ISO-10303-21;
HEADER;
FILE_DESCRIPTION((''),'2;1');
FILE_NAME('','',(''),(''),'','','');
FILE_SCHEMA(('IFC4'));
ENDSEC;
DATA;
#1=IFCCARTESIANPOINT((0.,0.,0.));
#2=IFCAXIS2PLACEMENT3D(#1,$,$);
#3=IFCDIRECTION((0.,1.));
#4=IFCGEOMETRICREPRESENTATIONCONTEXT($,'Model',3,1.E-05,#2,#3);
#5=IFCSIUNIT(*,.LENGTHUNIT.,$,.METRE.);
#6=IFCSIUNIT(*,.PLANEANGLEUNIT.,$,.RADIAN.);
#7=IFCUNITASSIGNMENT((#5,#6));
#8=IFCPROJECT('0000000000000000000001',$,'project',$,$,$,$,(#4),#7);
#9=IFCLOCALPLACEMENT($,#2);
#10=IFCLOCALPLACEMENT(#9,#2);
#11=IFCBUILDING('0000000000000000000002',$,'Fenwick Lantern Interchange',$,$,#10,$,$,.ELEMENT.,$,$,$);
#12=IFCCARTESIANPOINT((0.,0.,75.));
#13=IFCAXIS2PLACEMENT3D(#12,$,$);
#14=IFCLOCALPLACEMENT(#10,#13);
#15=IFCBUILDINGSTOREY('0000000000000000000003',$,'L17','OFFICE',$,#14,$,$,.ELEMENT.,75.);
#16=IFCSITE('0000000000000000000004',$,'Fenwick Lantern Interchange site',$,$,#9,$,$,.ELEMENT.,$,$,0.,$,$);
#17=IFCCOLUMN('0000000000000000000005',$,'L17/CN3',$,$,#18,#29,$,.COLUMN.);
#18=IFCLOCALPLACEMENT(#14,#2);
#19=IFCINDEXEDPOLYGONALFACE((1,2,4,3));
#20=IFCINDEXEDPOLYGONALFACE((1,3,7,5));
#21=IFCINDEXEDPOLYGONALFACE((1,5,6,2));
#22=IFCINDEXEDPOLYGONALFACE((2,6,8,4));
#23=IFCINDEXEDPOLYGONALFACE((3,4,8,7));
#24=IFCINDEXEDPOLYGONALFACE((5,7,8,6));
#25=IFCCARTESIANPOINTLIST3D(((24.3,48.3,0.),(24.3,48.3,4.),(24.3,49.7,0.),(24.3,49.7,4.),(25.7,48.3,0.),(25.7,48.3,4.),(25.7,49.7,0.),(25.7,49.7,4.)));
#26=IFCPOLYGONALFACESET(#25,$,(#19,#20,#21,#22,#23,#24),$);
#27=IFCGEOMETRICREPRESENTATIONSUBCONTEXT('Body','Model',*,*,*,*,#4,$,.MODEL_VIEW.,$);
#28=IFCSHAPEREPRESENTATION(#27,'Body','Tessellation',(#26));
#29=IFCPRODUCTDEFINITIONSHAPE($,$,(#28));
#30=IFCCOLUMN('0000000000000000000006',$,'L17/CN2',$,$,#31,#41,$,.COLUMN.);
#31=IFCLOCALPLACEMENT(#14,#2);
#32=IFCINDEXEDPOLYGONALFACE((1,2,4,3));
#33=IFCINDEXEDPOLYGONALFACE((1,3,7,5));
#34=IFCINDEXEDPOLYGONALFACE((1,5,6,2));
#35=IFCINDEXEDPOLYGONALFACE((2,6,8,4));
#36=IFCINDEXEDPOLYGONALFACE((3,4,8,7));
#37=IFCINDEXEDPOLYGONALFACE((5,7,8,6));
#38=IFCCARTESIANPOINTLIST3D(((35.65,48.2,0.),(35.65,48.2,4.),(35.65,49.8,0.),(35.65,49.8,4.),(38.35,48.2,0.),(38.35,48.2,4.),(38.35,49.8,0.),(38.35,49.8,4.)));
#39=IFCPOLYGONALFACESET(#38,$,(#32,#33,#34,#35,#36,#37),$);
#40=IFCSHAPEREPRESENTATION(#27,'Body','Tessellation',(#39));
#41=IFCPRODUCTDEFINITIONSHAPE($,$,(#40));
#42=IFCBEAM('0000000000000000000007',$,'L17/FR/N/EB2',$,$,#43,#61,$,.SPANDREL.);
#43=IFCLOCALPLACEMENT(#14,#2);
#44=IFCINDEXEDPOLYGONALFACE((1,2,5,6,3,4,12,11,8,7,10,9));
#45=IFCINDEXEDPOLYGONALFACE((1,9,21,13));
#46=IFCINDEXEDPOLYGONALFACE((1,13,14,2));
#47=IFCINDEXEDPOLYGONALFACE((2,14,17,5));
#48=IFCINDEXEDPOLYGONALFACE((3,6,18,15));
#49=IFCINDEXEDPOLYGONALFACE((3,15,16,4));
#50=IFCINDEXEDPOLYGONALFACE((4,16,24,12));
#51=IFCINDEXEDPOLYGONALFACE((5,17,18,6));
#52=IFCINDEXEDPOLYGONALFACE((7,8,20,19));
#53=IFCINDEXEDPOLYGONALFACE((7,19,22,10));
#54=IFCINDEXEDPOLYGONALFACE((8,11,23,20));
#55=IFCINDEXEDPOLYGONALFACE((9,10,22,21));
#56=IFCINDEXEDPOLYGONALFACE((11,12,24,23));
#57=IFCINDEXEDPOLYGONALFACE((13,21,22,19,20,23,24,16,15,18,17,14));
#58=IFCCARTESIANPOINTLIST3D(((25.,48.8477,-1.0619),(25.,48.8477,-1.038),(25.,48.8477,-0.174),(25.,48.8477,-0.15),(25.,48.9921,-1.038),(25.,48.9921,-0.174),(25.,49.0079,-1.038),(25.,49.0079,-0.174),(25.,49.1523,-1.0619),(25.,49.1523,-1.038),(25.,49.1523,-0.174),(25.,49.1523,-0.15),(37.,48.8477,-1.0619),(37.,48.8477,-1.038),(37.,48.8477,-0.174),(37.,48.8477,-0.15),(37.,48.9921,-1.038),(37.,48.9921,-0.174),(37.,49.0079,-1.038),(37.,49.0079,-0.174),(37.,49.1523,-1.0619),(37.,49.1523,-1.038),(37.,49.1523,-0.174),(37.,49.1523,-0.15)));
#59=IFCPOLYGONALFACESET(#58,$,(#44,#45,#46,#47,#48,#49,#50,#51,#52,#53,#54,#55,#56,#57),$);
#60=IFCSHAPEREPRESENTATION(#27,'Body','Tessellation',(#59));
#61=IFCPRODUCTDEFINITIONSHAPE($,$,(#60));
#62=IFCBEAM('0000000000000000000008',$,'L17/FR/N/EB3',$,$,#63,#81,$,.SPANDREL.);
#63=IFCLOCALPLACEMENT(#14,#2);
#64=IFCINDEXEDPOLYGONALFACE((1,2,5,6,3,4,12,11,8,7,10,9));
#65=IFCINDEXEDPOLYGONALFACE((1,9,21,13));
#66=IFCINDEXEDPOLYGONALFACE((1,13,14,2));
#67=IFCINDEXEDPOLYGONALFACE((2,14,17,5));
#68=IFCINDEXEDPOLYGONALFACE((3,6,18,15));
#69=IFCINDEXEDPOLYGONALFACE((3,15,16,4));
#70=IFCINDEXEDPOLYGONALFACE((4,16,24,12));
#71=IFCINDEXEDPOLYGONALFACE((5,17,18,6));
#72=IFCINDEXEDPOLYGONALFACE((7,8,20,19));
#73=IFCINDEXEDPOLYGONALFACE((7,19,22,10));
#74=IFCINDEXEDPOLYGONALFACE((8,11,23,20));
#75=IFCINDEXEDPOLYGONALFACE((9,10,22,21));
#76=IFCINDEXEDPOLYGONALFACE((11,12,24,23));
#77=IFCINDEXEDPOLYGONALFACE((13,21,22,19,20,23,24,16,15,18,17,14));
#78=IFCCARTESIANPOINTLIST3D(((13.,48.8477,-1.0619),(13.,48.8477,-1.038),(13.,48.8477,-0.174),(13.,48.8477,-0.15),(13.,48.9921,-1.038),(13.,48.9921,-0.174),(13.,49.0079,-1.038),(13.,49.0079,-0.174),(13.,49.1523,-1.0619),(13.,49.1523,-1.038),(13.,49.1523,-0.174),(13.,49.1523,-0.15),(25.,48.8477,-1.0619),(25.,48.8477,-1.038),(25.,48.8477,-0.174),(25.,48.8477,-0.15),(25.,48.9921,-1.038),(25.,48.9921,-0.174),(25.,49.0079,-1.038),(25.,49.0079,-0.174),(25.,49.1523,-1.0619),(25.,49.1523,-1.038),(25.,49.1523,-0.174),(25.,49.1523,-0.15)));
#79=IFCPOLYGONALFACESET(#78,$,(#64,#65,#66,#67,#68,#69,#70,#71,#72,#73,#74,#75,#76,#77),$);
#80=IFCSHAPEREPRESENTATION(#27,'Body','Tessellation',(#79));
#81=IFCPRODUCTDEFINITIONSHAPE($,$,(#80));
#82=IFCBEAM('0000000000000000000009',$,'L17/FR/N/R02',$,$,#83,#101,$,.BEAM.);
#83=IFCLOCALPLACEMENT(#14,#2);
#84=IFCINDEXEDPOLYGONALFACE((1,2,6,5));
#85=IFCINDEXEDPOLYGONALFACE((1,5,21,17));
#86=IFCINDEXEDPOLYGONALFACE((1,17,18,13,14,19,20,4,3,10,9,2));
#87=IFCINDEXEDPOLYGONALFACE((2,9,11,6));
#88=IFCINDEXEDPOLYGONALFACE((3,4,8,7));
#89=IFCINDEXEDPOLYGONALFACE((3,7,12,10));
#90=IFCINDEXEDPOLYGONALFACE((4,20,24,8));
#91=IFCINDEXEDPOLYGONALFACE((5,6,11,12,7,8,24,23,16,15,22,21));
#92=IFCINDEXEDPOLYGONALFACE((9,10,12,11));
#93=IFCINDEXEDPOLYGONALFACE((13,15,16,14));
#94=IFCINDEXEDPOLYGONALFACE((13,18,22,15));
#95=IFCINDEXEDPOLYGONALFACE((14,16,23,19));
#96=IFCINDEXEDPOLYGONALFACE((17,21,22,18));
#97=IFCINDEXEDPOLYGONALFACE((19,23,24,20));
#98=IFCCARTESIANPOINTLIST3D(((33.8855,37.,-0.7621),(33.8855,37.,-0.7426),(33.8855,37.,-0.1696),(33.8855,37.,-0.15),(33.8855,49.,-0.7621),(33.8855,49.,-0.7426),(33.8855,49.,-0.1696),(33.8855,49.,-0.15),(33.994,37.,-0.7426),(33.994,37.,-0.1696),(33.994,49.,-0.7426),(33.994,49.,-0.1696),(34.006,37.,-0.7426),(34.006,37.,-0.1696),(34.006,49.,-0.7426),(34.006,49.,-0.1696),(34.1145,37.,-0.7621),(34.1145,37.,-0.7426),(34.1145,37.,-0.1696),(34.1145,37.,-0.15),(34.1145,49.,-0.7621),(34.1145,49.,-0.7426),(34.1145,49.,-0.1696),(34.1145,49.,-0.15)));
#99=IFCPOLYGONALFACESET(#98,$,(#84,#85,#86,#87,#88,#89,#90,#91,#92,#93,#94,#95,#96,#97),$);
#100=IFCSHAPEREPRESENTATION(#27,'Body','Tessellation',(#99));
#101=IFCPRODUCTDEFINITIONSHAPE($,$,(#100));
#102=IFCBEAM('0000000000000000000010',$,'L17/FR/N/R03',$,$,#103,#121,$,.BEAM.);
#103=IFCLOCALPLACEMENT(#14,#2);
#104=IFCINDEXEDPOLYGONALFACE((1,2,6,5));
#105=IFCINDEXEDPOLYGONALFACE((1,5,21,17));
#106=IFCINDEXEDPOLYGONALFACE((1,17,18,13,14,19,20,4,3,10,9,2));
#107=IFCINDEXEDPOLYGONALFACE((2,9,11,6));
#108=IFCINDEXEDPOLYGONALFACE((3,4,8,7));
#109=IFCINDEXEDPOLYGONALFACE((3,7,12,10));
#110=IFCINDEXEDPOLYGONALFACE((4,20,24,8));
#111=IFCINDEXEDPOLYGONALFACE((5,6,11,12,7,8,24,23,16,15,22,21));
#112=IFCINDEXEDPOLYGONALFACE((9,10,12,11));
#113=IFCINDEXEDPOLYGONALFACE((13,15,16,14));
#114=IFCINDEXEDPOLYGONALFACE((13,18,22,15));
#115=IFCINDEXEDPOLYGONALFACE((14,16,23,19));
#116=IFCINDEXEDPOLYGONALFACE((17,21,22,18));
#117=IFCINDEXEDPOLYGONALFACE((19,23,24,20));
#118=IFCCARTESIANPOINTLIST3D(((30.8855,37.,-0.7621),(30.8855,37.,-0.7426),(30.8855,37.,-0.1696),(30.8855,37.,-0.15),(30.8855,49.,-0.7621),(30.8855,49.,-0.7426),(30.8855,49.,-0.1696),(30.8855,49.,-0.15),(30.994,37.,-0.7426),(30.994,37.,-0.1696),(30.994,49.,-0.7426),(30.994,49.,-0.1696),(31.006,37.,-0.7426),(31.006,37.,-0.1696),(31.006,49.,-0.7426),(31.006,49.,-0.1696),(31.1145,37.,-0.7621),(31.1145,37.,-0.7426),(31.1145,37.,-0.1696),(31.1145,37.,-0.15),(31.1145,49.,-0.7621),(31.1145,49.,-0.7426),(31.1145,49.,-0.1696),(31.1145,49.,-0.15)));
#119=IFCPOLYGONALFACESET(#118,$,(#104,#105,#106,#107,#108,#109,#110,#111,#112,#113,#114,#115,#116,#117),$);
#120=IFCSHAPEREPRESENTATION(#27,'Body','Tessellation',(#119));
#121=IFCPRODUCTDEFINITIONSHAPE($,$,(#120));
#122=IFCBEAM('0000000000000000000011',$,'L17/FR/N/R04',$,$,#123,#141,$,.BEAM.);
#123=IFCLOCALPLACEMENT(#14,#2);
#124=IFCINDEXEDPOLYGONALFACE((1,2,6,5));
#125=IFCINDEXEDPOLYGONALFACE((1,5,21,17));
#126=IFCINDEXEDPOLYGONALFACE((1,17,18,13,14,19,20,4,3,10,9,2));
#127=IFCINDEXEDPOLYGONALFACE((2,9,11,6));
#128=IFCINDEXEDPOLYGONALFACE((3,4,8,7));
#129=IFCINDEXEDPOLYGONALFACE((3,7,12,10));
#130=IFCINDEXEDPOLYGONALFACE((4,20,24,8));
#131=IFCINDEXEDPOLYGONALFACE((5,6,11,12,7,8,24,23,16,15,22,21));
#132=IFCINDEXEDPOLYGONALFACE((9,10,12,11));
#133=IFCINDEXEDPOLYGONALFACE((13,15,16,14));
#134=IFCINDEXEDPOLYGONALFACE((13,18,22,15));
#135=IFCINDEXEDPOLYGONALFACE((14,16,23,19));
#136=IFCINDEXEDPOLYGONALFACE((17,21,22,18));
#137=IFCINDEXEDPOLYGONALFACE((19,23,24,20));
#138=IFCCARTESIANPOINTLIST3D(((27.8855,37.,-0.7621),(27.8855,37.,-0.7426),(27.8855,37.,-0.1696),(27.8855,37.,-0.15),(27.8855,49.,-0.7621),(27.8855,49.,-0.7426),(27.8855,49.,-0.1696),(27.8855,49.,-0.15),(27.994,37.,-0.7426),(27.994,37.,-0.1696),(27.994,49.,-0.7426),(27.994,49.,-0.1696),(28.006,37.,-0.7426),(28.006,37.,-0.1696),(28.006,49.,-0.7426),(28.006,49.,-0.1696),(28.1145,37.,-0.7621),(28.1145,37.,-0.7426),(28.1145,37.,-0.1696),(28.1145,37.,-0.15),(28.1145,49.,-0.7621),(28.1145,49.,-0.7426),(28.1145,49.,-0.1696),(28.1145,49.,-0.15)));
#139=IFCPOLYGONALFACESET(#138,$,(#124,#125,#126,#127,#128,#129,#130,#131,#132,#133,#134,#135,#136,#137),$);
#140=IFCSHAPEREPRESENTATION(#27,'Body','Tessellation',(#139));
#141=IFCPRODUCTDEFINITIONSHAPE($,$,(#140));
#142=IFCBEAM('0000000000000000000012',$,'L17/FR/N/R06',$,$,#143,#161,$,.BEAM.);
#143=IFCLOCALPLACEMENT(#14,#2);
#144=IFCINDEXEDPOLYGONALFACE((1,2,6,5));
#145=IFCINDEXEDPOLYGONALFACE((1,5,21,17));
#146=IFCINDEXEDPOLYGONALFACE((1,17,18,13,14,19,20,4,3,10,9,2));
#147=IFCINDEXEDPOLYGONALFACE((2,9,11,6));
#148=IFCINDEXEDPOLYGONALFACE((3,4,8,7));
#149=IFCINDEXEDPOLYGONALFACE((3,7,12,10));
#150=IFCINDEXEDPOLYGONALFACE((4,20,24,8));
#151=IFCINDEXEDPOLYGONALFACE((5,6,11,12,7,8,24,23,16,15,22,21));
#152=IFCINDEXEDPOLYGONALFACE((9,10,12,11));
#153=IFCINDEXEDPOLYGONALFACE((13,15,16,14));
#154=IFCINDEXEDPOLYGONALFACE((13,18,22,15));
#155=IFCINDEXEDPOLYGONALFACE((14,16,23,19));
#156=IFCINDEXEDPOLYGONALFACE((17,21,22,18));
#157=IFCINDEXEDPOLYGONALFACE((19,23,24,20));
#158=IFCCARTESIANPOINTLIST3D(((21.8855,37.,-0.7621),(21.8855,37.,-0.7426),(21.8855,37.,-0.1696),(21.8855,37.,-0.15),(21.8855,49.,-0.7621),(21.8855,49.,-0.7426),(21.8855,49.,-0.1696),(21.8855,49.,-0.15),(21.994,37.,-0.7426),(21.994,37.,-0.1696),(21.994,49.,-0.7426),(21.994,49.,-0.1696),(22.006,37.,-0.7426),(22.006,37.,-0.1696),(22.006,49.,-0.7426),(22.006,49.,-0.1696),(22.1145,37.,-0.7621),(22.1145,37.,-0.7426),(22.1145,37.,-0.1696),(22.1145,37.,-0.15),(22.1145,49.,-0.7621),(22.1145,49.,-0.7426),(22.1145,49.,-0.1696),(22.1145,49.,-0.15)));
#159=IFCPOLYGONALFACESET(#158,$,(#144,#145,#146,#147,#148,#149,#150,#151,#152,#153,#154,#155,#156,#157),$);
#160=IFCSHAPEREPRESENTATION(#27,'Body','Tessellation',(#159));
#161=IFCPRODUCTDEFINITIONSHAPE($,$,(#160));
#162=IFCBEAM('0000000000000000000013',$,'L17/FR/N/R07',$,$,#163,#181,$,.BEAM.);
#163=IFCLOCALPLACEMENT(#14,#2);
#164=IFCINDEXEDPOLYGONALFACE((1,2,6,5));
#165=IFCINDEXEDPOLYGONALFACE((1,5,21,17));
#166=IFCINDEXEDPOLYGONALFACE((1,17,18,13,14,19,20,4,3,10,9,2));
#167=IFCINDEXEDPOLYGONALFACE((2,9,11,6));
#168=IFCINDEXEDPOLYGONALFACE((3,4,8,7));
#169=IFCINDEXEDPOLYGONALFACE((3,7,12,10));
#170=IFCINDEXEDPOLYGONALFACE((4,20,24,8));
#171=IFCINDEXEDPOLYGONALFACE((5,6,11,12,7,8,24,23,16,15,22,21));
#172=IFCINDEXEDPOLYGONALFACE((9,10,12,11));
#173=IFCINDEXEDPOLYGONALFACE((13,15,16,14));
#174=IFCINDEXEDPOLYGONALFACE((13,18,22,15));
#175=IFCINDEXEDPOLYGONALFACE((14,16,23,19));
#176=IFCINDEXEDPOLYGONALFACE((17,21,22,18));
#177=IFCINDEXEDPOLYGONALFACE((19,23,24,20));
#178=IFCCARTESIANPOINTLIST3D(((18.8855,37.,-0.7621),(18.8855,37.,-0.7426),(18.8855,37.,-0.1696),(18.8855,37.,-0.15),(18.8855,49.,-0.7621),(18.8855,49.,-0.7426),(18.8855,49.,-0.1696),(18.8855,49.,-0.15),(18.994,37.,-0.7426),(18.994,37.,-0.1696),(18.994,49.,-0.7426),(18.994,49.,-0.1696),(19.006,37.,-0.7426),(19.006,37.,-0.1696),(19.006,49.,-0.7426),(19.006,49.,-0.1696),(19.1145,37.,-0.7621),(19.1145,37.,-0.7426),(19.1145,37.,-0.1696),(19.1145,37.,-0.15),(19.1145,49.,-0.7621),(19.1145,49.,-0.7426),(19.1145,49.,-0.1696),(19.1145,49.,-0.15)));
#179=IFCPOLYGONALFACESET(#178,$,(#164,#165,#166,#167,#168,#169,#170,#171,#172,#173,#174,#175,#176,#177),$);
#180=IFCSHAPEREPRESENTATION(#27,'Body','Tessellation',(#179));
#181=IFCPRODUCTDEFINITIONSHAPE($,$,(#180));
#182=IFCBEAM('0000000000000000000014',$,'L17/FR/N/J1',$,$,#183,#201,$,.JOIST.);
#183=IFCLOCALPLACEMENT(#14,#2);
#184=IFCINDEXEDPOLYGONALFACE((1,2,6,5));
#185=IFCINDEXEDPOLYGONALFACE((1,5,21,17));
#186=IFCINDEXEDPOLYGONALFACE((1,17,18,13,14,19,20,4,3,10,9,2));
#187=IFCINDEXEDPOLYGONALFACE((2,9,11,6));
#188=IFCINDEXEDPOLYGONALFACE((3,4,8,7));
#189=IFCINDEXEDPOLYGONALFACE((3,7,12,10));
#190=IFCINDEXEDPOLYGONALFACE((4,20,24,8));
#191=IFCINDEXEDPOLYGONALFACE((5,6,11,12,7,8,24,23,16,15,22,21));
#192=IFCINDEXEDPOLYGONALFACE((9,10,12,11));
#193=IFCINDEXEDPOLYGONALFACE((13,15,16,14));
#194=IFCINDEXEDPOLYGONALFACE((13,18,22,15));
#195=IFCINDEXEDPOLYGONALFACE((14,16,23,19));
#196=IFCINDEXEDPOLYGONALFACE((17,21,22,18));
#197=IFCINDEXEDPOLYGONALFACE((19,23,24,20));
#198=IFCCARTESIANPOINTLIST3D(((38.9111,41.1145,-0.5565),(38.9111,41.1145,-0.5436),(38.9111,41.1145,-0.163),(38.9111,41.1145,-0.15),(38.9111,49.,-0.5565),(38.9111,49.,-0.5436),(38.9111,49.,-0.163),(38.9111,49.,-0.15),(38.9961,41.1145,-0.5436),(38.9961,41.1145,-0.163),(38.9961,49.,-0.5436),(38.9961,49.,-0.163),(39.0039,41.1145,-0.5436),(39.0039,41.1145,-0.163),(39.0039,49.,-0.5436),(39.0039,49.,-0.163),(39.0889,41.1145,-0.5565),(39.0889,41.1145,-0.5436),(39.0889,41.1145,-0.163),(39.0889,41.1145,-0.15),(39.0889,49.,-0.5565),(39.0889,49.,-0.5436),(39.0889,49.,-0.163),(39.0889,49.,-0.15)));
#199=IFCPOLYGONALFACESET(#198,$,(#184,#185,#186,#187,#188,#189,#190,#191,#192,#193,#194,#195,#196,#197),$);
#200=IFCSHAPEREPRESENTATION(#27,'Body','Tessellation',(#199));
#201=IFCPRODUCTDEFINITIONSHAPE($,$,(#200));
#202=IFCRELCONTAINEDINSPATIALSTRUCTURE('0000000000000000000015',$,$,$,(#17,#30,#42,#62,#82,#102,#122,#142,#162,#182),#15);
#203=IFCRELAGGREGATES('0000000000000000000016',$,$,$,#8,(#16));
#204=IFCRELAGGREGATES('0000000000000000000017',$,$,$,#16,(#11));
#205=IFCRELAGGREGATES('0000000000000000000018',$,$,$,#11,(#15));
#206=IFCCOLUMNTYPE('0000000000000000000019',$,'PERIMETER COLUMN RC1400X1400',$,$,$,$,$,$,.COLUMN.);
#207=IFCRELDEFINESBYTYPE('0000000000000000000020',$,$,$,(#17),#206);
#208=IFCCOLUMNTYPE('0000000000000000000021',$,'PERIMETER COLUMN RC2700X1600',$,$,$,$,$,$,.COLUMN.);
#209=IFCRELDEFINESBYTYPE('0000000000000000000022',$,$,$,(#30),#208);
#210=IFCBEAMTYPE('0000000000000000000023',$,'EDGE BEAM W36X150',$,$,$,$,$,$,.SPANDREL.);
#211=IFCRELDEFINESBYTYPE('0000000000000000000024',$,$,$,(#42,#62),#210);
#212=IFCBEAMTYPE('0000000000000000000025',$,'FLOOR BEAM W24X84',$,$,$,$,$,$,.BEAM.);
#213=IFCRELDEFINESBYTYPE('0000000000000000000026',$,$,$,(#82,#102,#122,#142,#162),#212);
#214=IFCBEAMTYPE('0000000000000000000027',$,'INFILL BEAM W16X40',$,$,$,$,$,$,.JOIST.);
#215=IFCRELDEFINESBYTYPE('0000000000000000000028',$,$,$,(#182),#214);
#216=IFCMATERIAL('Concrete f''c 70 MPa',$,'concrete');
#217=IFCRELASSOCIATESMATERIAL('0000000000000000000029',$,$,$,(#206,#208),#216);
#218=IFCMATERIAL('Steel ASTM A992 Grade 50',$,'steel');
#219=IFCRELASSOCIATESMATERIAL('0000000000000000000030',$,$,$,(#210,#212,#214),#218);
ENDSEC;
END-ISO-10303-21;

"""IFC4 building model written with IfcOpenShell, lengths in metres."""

from ifc_helpers import new_model, si_unit, direction, frame, origin, origin_2d, place, context, subcontext, project, spatial, rectangle, i_section, extrude, material, material_profile, profile_set, type_object, element, save


model = new_model("IFC4")

# Units and contexts
model_context = context("Model", 3, precision=1e-05, world=origin(), true_north=direction((0.0, 1.0)))
body_context = subcontext(model_context, "Body", "Model", "MODEL_VIEW")
ifc_project = project(units=[si_unit("LENGTHUNIT", "METRE"), si_unit("PLANEANGLEUNIT", "RADIAN")], contexts=[model_context])

# Site, building, storey
site_placement = place(None, origin())
site = spatial("IfcSite", under=ifc_project, at=site_placement, Name="Fenwick Lantern Interchange site", CompositionType="ELEMENT", RefElevation=0.0)
building_placement = place(site_placement, origin())
building = spatial("IfcBuilding", under=site, at=building_placement, Name="Fenwick Lantern Interchange", CompositionType="ELEMENT")
storey_placement = place(building_placement, frame((0.0, 0.0, 75.0)))
storey = spatial("IfcBuildingStorey", under=building, at=storey_placement, Name="L17", Description="OFFICE", CompositionType="ELEMENT", Elevation=75.0)

# Columns
ifc_material_1 = material(Name="Concrete f'c 70 MPa", Category="concrete")
ifc_material_profile_1 = material_profile(ifc_material_1, rectangle(XDim=1.3999, YDim=1.3999, at=origin_2d()), Name="RC1400X1400")
ifc_profile_set_1 = profile_set([ifc_material_profile_1], Name="Concrete f'c 70 MPa")
column_type_1 = type_object("IfcColumnType", Name="PERIMETER COLUMN RC1400X1400", PredefinedType="COLUMN", material=ifc_profile_set_1)
column_1_placement = place(storey_placement, frame((25.0, 49.0, 0.0), z_axis=(0.0, 0.0, 1.0), x_axis=(1.0, 0.0, 0.0)))
element("IfcColumn", 1, at=column_1_placement, inside=storey, type_object=column_type_1, Name="L17/CN3", PredefinedType="COLUMN", context=body_context, shape_type="SweptSolid", body=[
    extrude(rectangle(XDim=1.3999, YDim=1.3999, at=origin_2d()), origin(), (0.0, 0.0, 1.0), 4.0),
])
ifc_material_profile_2 = material_profile(ifc_material_1, rectangle(XDim=2.7, YDim=1.6001, at=origin_2d()), Name="RC2700X1600")
ifc_profile_set_2 = profile_set([ifc_material_profile_2], Name="Concrete f'c 70 MPa")
column_type_2 = type_object("IfcColumnType", Name="PERIMETER COLUMN RC2700X1600", PredefinedType="COLUMN", material=ifc_profile_set_2)
column_2_placement = place(storey_placement, frame((37.0, 49.0, 0.0), z_axis=(0.0, 0.0, 1.0), x_axis=(1.0, 0.0, 0.0)))
element("IfcColumn", 2, at=column_2_placement, inside=storey, type_object=column_type_2, Name="L17/CN2", PredefinedType="COLUMN", context=body_context, shape_type="SweptSolid", body=[
    extrude(rectangle(XDim=2.7, YDim=1.6001, at=origin_2d()), origin(), (0.0, 0.0, 1.0), 4.0),
])

# Beams
ifc_material_2 = material(Name="Steel ASTM A992 Grade 50", Category="steel")
ifc_material_profile_3 = material_profile(ifc_material_2, i_section(OverallWidth=0.3047, OverallDepth=0.9119, WebThickness=0.0159, FlangeThickness=0.0239, at=origin_2d()), Name="W36X150")
ifc_profile_set_3 = profile_set([ifc_material_profile_3], Name="Steel ASTM A992 Grade 50")
beam_type_1 = type_object("IfcBeamType", Name="EDGE BEAM W36X150", PredefinedType="SPANDREL", material=ifc_profile_set_3)
for number, where, z_axis, x_axis, name in (
    (3, (37.0, 49.0, -0.606), (-1.0, 0.0, 0.0), (0.0, -1.0, 0.0), "L17/FR/N/EB2"),
    (4, (25.0, 49.0, -0.606), (-1.0, 0.0, 0.0), (0.0, -1.0, 0.0), "L17/FR/N/EB3"),
):
    element("IfcBeam", number, at=place(storey_placement, frame(where, z_axis=z_axis, x_axis=x_axis)), inside=storey, type_object=beam_type_1, Name=name, PredefinedType="SPANDREL", context=body_context, shape_type="SweptSolid", body=[
        extrude(i_section(OverallWidth=0.3047, OverallDepth=0.9119, WebThickness=0.0159, FlangeThickness=0.0239, at=origin_2d()), origin(), (0.0, 0.0, 1.0), 12.0),
    ])
ifc_material_profile_4 = material_profile(ifc_material_2, i_section(OverallWidth=0.229, OverallDepth=0.6121, WebThickness=0.012, FlangeThickness=0.0195, at=origin_2d()), Name="W24X84")
ifc_profile_set_4 = profile_set([ifc_material_profile_4], Name="Steel ASTM A992 Grade 50")
beam_type_2 = type_object("IfcBeamType", Name="FLOOR BEAM W24X84", PredefinedType="BEAM", material=ifc_profile_set_4)
for number, where, z_axis, x_axis, name in (
    (5, (34.0, 49.0, -0.4561), (0.0, -1.0, 0.0), (1.0, 0.0, 0.0), "L17/FR/N/R02"),
    (6, (31.0, 49.0, -0.4561), (0.0, -1.0, 0.0), (1.0, 0.0, 0.0), "L17/FR/N/R03"),
    (7, (28.0, 49.0, -0.4561), (0.0, -1.0, 0.0), (1.0, 0.0, 0.0), "L17/FR/N/R04"),
    (8, (22.0, 49.0, -0.4561), (0.0, -1.0, 0.0), (1.0, 0.0, 0.0), "L17/FR/N/R06"),
    (9, (19.0, 49.0, -0.4561), (0.0, -1.0, 0.0), (1.0, 0.0, 0.0), "L17/FR/N/R07"),
):
    element("IfcBeam", number, at=place(storey_placement, frame(where, z_axis=z_axis, x_axis=x_axis)), inside=storey, type_object=beam_type_2, Name=name, PredefinedType="BEAM", context=body_context, shape_type="SweptSolid", body=[
        extrude(i_section(OverallWidth=0.229, OverallDepth=0.6121, WebThickness=0.012, FlangeThickness=0.0195, at=origin_2d()), origin(), (0.0, 0.0, 1.0), 12.0),
    ])
ifc_material_profile_5 = material_profile(ifc_material_2, i_section(OverallWidth=0.1777, OverallDepth=0.4065, WebThickness=0.0078, FlangeThickness=0.0129, at=origin_2d()), Name="W16X40")
ifc_profile_set_5 = profile_set([ifc_material_profile_5], Name="Steel ASTM A992 Grade 50")
beam_type_3 = type_object("IfcBeamType", Name="INFILL BEAM W16X40", PredefinedType="JOIST", material=ifc_profile_set_5)
beam_1_placement = place(storey_placement, frame((39.0, 49.0, -0.3533), z_axis=(0.0, -1.0, 0.0), x_axis=(1.0, 0.0, 0.0)))
element("IfcBeam", 10, at=beam_1_placement, inside=storey, type_object=beam_type_3, Name="L17/FR/N/J1", PredefinedType="JOIST", context=body_context, shape_type="SweptSolid", body=[
    extrude(i_section(OverallWidth=0.1777, OverallDepth=0.4065, WebThickness=0.0078, FlangeThickness=0.0129, at=origin_2d()), origin(), (0.0, 0.0, 1.0), 7.8855),
])

save(model, "model.ifc")
